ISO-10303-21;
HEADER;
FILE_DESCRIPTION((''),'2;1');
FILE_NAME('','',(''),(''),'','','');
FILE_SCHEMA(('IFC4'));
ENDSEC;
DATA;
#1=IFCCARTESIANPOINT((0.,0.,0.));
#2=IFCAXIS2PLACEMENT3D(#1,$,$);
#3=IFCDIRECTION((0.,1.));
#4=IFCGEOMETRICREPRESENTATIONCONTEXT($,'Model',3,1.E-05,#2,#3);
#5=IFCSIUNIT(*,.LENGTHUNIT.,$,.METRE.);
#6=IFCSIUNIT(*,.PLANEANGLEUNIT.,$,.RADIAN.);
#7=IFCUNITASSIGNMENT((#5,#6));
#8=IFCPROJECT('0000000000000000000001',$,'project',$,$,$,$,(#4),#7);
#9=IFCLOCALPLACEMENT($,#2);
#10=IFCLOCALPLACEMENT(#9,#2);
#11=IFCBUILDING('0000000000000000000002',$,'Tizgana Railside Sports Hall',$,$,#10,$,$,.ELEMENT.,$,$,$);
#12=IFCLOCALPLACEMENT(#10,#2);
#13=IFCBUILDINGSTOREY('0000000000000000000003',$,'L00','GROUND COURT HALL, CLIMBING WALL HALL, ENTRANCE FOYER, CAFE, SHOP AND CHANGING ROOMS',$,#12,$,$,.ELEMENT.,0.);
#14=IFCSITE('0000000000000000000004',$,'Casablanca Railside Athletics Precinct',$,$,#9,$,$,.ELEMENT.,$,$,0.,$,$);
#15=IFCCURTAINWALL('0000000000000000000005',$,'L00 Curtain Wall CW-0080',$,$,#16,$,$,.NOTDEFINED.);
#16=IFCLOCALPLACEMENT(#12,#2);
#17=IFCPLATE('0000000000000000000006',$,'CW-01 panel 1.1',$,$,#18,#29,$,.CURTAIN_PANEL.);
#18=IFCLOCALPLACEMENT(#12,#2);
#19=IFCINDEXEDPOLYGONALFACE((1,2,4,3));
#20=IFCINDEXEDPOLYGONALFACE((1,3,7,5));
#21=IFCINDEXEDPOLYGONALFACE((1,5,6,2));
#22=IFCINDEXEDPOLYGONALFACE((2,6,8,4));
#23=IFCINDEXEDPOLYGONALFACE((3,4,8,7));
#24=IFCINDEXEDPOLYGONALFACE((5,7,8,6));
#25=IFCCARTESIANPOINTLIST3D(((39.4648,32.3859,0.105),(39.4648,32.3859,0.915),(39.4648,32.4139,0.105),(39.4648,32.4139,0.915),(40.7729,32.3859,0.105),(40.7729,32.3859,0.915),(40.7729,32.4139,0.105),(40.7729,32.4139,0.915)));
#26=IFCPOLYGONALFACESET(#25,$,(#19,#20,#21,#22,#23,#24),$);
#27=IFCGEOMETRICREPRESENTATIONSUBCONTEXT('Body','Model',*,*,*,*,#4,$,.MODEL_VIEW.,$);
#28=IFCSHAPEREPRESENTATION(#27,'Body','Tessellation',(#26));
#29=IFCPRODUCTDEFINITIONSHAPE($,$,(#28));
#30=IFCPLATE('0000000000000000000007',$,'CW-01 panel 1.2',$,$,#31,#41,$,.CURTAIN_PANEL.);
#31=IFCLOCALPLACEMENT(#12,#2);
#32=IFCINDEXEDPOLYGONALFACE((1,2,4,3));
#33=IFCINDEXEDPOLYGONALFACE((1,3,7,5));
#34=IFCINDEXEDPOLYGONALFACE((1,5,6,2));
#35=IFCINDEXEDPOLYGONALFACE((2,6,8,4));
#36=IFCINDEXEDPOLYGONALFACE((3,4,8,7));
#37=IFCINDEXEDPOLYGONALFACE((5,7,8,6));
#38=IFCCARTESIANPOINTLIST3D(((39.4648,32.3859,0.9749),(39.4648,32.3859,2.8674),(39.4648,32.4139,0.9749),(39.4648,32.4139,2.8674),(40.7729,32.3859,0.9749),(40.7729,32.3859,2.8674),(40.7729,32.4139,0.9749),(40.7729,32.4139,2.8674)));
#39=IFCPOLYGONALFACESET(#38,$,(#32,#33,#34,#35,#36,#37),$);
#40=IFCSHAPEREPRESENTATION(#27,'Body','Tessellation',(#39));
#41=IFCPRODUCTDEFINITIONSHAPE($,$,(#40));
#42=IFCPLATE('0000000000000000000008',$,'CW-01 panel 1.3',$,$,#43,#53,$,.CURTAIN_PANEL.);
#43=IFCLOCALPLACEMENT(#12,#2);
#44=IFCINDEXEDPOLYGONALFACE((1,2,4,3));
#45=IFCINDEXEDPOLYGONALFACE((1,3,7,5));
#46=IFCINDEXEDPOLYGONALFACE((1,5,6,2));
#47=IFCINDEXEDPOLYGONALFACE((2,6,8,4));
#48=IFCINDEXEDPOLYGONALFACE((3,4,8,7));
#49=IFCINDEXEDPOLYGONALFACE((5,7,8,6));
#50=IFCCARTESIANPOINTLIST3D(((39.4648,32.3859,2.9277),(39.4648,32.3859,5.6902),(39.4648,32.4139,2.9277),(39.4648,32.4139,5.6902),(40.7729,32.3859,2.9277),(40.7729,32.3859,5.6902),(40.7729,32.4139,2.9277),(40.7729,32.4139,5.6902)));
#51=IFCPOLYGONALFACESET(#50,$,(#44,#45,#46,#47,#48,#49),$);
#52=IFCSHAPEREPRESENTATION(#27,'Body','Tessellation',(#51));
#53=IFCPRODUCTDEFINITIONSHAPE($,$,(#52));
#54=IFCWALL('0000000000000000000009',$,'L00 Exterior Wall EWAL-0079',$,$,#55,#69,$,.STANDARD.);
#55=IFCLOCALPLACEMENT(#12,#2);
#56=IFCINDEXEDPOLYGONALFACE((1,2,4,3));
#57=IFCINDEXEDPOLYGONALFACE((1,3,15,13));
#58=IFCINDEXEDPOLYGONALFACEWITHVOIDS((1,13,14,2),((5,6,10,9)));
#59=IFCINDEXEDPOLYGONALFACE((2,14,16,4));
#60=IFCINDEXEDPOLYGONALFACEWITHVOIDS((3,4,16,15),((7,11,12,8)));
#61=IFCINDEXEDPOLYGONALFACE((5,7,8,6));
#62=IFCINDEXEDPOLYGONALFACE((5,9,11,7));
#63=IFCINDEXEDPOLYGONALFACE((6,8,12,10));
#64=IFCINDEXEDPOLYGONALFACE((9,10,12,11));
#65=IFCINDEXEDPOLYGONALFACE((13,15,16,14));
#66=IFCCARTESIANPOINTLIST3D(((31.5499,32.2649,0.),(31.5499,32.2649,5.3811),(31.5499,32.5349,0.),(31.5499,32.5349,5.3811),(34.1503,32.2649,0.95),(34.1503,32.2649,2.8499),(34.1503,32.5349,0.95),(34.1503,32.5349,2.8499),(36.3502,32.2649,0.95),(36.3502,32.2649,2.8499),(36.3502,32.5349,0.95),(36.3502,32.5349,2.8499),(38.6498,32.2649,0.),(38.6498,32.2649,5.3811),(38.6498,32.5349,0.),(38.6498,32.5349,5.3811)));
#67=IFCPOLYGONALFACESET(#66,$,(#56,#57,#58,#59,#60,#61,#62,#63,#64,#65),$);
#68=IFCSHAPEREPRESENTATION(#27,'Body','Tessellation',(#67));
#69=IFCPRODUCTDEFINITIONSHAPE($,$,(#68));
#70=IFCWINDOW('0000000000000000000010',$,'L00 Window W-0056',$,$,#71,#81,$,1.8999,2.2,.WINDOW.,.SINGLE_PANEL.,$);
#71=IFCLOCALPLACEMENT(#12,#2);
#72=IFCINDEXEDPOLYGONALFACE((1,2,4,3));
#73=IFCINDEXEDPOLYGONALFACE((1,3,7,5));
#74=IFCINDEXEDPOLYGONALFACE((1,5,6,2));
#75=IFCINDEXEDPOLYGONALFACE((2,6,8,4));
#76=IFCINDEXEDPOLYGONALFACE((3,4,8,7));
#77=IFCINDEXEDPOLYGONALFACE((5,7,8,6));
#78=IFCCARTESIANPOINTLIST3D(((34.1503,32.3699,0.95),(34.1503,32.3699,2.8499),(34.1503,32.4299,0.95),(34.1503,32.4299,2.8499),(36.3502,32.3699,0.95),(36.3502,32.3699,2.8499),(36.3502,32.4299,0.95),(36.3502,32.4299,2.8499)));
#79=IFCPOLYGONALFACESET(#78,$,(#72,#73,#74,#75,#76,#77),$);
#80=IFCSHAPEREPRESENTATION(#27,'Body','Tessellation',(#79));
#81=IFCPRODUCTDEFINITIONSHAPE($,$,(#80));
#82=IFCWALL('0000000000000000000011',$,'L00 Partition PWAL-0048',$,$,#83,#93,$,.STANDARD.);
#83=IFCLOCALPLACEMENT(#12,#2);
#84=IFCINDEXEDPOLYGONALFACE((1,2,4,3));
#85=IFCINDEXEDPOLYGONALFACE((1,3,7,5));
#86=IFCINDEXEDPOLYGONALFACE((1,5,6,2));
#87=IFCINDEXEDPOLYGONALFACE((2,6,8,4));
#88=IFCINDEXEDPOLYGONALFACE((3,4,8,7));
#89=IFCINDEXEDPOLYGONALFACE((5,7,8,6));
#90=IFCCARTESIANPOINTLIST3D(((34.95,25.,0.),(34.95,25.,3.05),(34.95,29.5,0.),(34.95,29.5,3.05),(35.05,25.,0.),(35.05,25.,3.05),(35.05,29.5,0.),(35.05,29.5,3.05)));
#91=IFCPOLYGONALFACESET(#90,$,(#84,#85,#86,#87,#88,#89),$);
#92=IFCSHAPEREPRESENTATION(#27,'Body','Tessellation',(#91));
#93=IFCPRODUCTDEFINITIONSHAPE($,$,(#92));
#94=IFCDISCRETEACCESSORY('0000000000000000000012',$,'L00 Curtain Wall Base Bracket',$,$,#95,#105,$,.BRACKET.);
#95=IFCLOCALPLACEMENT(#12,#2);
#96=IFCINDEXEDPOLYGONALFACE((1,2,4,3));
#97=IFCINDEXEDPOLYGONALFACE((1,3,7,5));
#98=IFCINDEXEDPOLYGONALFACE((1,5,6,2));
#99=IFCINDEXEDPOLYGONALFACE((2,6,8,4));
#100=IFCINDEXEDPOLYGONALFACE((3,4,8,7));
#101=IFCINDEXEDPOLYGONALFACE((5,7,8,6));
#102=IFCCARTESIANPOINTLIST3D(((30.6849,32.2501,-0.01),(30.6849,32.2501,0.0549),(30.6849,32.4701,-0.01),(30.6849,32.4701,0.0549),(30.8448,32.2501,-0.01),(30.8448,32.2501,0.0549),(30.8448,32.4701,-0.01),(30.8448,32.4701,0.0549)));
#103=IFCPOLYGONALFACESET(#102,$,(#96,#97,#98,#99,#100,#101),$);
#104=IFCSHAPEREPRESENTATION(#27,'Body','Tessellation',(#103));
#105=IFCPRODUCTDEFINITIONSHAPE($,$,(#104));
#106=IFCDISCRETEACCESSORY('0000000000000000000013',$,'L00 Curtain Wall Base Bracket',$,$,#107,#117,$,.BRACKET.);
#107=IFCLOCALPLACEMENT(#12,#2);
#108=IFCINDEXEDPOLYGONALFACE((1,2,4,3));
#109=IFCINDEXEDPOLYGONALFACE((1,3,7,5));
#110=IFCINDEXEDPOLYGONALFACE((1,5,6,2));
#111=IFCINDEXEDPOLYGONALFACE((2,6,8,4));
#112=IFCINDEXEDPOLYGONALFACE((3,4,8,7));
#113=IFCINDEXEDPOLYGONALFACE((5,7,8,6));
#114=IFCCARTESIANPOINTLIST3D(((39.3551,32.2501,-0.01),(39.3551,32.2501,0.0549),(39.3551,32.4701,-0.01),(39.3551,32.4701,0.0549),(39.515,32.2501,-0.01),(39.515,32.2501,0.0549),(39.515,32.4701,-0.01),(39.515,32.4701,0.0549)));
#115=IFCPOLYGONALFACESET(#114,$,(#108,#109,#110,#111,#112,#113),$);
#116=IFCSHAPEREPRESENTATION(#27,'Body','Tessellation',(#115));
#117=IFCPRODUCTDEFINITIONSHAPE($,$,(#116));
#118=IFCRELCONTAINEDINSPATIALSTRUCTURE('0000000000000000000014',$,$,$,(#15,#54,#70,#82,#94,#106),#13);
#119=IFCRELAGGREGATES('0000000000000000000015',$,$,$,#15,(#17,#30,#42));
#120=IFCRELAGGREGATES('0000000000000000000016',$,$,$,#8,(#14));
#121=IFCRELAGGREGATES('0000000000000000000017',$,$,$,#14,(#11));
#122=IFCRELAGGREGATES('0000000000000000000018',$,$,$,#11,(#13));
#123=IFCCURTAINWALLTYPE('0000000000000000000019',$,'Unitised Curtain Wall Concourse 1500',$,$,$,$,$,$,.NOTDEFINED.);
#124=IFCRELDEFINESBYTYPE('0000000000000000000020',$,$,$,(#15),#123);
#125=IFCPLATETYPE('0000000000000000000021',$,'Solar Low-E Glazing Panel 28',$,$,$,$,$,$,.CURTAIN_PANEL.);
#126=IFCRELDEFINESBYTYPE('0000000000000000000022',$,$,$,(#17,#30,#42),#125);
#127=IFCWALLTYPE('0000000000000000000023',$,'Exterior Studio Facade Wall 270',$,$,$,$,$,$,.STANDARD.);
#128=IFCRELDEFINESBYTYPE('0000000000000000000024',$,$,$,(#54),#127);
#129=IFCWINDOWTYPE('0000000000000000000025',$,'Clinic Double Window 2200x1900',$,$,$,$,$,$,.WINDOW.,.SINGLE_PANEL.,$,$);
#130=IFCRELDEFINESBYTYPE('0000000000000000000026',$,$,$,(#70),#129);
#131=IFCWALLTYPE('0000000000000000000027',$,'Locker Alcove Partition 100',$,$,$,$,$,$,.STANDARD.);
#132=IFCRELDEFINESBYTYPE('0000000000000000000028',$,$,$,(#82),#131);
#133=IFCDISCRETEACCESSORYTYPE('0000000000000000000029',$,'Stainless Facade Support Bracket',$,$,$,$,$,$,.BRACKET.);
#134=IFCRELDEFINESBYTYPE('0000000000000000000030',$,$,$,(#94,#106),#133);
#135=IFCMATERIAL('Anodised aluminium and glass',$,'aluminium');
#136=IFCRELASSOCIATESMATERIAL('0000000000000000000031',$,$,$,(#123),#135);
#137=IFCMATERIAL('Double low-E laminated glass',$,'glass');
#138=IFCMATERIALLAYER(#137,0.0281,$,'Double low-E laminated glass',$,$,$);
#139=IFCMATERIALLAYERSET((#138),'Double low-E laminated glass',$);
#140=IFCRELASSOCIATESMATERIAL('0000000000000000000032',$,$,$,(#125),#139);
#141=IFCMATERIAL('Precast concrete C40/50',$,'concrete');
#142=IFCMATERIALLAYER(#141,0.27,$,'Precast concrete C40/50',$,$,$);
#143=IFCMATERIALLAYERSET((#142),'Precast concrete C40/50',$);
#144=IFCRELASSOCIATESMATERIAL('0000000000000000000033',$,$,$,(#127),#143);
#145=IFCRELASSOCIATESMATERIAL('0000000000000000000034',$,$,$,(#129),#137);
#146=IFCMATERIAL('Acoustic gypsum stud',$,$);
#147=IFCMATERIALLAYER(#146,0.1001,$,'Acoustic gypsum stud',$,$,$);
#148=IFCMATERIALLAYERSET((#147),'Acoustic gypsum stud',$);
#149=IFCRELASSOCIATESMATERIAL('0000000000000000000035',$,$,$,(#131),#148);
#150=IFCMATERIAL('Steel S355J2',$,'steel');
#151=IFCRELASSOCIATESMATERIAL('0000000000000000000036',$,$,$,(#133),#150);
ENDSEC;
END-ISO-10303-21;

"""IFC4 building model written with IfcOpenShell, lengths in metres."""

from ifc_helpers import new_model, si_unit, direction, frame, frame_2d, origin, origin_2d, place, context, subcontext, project, spatial, rectangle, extrude, material, layer, layer_set, type_object, element, fill, aggregate, save


model = new_model("IFC4")

# Units and contexts
model_context = context("Model", 3, precision=1e-05, world=origin(), true_north=direction((0.0, 1.0)))
body_context = subcontext(model_context, "Body", "Model", "MODEL_VIEW")
ifc_project = project(units=[si_unit("LENGTHUNIT", "METRE"), si_unit("PLANEANGLEUNIT", "RADIAN")], contexts=[model_context])

# Site, building, storey
site_placement = place(None, origin())
site = spatial("IfcSite", under=ifc_project, at=site_placement, Name="Casablanca Railside Athletics Precinct", CompositionType="ELEMENT", RefElevation=0.0)
building_placement = place(site_placement, origin())
building = spatial("IfcBuilding", under=site, at=building_placement, Name="Tizgana Railside Sports Hall", CompositionType="ELEMENT")
storey_placement = place(building_placement, origin())
storey = spatial("IfcBuildingStorey", under=building, at=storey_placement, Name="L00", Description="GROUND COURT HALL, CLIMBING WALL HALL, ENTRANCE FOYER, CAFE, SHOP AND CHANGING ROOMS", CompositionType="ELEMENT", Elevation=0.0)

# Shared definitions
ifc_material_1 = material(Name="Anodised aluminium and glass", Category="aluminium")

# Curtain wall
curtain_wall_type_1 = type_object("IfcCurtainWallType", Name="Unitised Curtain Wall Concourse 1500", PredefinedType="NOTDEFINED", material=ifc_material_1)
curtain_wall_1_placement = place(storey_placement, origin())
curtain_wall_1 = element("IfcCurtainWall", 1, at=curtain_wall_1_placement, inside=storey, type_object=curtain_wall_type_1, Name="L00 Curtain Wall CW-0080", PredefinedType="NOTDEFINED")

# Shared definitions
ifc_material_2 = material(Name="Steel S355J2", Category="steel")

# Plates
ifc_material_3 = material(Name="Double low-E laminated glass", Category="glass")
ifc_layer_1 = layer(ifc_material_3, 0.0281, Name="Double low-E laminated glass")
ifc_layer_set_1 = layer_set([ifc_layer_1], Name="Double low-E laminated glass")
plate_type_1 = type_object("IfcPlateType", Name="Solar Low-E Glazing Panel 28", PredefinedType="CURTAIN_PANEL", material=ifc_layer_set_1)
plate_1_placement = place(storey_placement, frame((40.1189, 32.3999, 0.105), z_axis=(0.0, 0.0, 1.0), x_axis=(1.0, 0.0, 0.0)))
plate_1 = element("IfcPlate", 2, at=plate_1_placement, type_object=plate_type_1, Name="CW-01 panel 1.1", PredefinedType="CURTAIN_PANEL", context=body_context, shape_type="SweptSolid", body=[
    extrude(rectangle(XDim=1.3081, YDim=0.0281, at=origin_2d()), origin(), (0.0, 0.0, 1.0), 0.8101),
])
plate_2_placement = place(storey_placement, frame((40.1189, 32.3999, 0.9749), z_axis=(0.0, 0.0, 1.0), x_axis=(1.0, 0.0, 0.0)))
plate_2 = element("IfcPlate", 3, at=plate_2_placement, type_object=plate_type_1, Name="CW-01 panel 1.2", PredefinedType="CURTAIN_PANEL", context=body_context, shape_type="SweptSolid", body=[
    extrude(rectangle(XDim=1.3081, YDim=0.0281, at=origin_2d()), origin(), (0.0, 0.0, 1.0), 1.8926),
])
plate_3_placement = place(storey_placement, frame((40.1189, 32.3999, 2.9277), z_axis=(0.0, 0.0, 1.0), x_axis=(1.0, 0.0, 0.0)))
plate_3 = element("IfcPlate", 4, at=plate_3_placement, type_object=plate_type_1, Name="CW-01 panel 1.3", PredefinedType="CURTAIN_PANEL", context=body_context, shape_type="SweptSolid", body=[
    extrude(rectangle(XDim=1.3081, YDim=0.0281, at=origin_2d()), origin(), (0.0, 0.0, 1.0), 2.7625),
])
aggregate(curtain_wall_1, [plate_1, plate_2, plate_3])

# Wall, opening, window
ifc_material_4 = material(Name="Precast concrete C40/50", Category="concrete")
ifc_layer_2 = layer(ifc_material_4, 0.27, Name="Precast concrete C40/50")
ifc_layer_set_2 = layer_set([ifc_layer_2], Name="Precast concrete C40/50")
wall_type_1 = type_object("IfcWallType", Name="Exterior Studio Facade Wall 270", PredefinedType="STANDARD", material=ifc_layer_set_2)
wall_1_placement = place(storey_placement, frame((31.55, 32.3999, 0.0), z_axis=(0.0, 0.0, 1.0), x_axis=(1.0, 0.0, 0.0)))
wall_1 = element("IfcWall", 5, at=wall_1_placement, inside=storey, type_object=wall_type_1, Name="L00 Exterior Wall EWAL-0079", PredefinedType="STANDARD", context=body_context, shape_type="SweptSolid", body=[
    extrude(rectangle(XDim=7.0999, YDim=0.27, at=frame_2d((3.5498, 0.0))), origin(), (0.0, 0.0, 1.0), 5.3811),
])
opening_placement = place(wall_1_placement, frame((2.6001, 0.0, 0.95)))
opening = element("IfcOpeningElement", 6, at=opening_placement, cuts=wall_1, PredefinedType="OPENING", context=body_context, shape_type="SweptSolid", body=[
    extrude(rectangle(XDim=2.2, YDim=1.8999, at=frame_2d((1.1001, 0.95))), frame((0.0, 0.145, 0.0), z_axis=(0.0, -1.0, 0.0), x_axis=(1.0, 0.0, 0.0)), (0.0, 0.0, 1.0), 0.29),
])
window_type = type_object("IfcWindowType", Name="Clinic Double Window 2200x1900", PartitioningType="SINGLE_PANEL", PredefinedType="WINDOW", material=ifc_material_3)
window_placement = place(opening_placement, origin())
window = element("IfcWindow", 7, at=window_placement, inside=storey, type_object=window_type, Name="L00 Window W-0056", OverallHeight=1.8999, OverallWidth=2.2, PartitioningType="SINGLE_PANEL", PredefinedType="WINDOW", context=body_context, shape_type="SweptSolid", body=[
    extrude(rectangle(XDim=2.2, YDim=1.8999, at=frame_2d((1.1001, 0.95))), frame((0.0, 0.03, 0.0), z_axis=(0.0, -1.0, 0.0), x_axis=(1.0, 0.0, 0.0)), (0.0, 0.0, 1.0), 0.0601),
])
fill(opening, window)

# Wall
ifc_material_5 = material(Name="Acoustic gypsum stud")
ifc_layer_3 = layer(ifc_material_5, 0.1001, Name="Acoustic gypsum stud")
ifc_layer_set_3 = layer_set([ifc_layer_3], Name="Acoustic gypsum stud")
wall_type_2 = type_object("IfcWallType", Name="Locker Alcove Partition 100", PredefinedType="STANDARD", material=ifc_layer_set_3)
wall_2_placement = place(storey_placement, frame((35.0, 25.0, 0.0), z_axis=(0.0, 0.0, 1.0), x_axis=(0.0, 1.0, 0.0)))
element("IfcWall", 8, at=wall_2_placement, inside=storey, type_object=wall_type_2, Name="L00 Partition PWAL-0048", PredefinedType="STANDARD", context=body_context, shape_type="SweptSolid", body=[
    extrude(rectangle(XDim=4.5, YDim=0.1001, at=frame_2d((2.25, 0.0))), origin(), (0.0, 0.0, 1.0), 3.05),
])

# Discrete accessories
discrete_accessory_type = type_object("IfcDiscreteAccessoryType", Name="Stainless Facade Support Bracket", PredefinedType="BRACKET", material=ifc_material_2)
for number, where, z_axis, x_axis, name in (
    (9, (30.7649, 32.3601, -0.01), (0.0, 0.0, 1.0), (1.0, 0.0, 0.0), "L00 Curtain Wall Base Bracket"),
    (10, (39.4351, 32.3601, -0.01), (0.0, 0.0, 1.0), (1.0, 0.0, 0.0), "L00 Curtain Wall Base Bracket"),
):
    element("IfcDiscreteAccessory", number, at=place(storey_placement, frame(where, z_axis=z_axis, x_axis=x_axis)), inside=storey, type_object=discrete_accessory_type, Name=name, PredefinedType="BRACKET", context=body_context, shape_type="SweptSolid", body=[
        extrude(rectangle(XDim=0.1599, YDim=0.22, at=origin_2d()), origin(), (0.0, 0.0, 1.0), 0.0649),
    ])

save(model, "model.ifc")
